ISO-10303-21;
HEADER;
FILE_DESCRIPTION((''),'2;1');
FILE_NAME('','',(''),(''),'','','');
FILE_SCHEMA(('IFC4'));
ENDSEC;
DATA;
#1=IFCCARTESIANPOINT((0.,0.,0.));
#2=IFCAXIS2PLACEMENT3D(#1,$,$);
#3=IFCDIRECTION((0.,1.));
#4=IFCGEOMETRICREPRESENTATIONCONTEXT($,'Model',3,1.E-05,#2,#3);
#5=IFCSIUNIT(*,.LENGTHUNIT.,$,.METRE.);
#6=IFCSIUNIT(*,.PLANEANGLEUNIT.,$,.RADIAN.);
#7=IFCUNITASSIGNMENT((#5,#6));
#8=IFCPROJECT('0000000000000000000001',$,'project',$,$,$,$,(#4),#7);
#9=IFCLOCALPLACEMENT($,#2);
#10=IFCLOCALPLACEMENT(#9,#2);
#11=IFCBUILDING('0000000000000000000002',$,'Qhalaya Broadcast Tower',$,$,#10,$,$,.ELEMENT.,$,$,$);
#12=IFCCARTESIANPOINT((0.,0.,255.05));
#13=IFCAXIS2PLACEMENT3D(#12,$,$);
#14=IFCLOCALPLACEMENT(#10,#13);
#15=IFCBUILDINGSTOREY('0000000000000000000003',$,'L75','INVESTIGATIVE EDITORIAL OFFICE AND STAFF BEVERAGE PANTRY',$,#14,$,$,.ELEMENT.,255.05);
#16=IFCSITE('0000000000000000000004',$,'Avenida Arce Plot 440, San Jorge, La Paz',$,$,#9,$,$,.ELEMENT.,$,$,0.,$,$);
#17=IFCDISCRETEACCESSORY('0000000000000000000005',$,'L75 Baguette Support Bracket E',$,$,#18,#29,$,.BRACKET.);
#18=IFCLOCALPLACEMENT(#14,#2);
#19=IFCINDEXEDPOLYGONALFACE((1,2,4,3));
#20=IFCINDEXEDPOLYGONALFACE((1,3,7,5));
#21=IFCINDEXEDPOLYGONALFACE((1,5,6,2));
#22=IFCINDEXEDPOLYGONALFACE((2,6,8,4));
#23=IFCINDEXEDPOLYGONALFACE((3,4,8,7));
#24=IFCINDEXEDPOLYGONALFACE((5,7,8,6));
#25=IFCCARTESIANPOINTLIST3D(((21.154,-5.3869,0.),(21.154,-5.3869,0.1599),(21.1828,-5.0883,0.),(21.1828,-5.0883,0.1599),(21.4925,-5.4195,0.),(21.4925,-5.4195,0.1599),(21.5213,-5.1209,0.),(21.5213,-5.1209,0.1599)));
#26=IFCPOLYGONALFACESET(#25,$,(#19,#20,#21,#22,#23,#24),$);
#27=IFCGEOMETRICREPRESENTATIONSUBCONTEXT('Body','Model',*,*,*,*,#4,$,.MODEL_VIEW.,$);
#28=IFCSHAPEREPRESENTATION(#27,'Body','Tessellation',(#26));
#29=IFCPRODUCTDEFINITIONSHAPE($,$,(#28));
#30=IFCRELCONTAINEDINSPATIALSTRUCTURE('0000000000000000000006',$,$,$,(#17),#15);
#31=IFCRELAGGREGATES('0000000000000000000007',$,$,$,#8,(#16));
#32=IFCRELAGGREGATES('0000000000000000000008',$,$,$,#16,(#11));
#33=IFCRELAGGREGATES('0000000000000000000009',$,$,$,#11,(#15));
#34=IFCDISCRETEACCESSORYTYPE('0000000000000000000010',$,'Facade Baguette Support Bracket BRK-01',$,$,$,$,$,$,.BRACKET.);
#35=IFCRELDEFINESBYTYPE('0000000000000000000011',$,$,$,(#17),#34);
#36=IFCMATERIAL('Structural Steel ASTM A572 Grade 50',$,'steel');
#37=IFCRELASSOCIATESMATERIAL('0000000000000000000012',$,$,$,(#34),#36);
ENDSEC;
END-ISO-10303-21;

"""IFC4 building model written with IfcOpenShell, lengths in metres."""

from ifc_helpers import new_model, si_unit, direction, frame, origin, origin_2d, place, context, subcontext, project, spatial, rectangle, extrude, material, type_object, element, save


model = new_model("IFC4")

# Units and contexts
model_context = context("Model", 3, precision=1e-05, world=origin(), true_north=direction((0.0, 1.0)))
body_context = subcontext(model_context, "Body", "Model", "MODEL_VIEW")
ifc_project = project(units=[si_unit("LENGTHUNIT", "METRE"), si_unit("PLANEANGLEUNIT", "RADIAN")], contexts=[model_context])

# Site, building, storey
site_placement = place(None, origin())
site = spatial("IfcSite", under=ifc_project, at=site_placement, Name="Avenida Arce Plot 440, San Jorge, La Paz", CompositionType="ELEMENT", RefElevation=0.0)
building_placement = place(site_placement, origin())
building = spatial("IfcBuilding", under=site, at=building_placement, Name="Qhalaya Broadcast Tower", CompositionType="ELEMENT")
storey_placement = place(building_placement, frame((0.0, 0.0, 255.05)))
storey = spatial("IfcBuildingStorey", under=building, at=storey_placement, Name="L75", Description="INVESTIGATIVE EDITORIAL OFFICE AND STAFF BEVERAGE PANTRY", CompositionType="ELEMENT", Elevation=255.05)

# Shared definitions
ifc_material_1 = material(Name="Structural Steel ASTM A572 Grade 50", Category="steel")

# Discrete accessory
discrete_accessory_type = type_object("IfcDiscreteAccessoryType", Name="Facade Baguette Support Bracket BRK-01", PredefinedType="BRACKET", material=ifc_material_1)
discrete_accessory_placement = place(storey_placement, frame((21.3376, -5.2539, 0.0), z_axis=(0.0, 0.0, 1.0), x_axis=(0.095846, 0.995396, 0.0)))
element("IfcDiscreteAccessory", 1, at=discrete_accessory_placement, inside=storey, type_object=discrete_accessory_type, Name="L75 Baguette Support Bracket E", PredefinedType="BRACKET", context=body_context, shape_type="SweptSolid", body=[
    extrude(rectangle(XDim=0.3, YDim=0.3401, at=origin_2d()), origin(), (0.0, 0.0, 1.0), 0.1599),
])

save(model, "model.ifc")
